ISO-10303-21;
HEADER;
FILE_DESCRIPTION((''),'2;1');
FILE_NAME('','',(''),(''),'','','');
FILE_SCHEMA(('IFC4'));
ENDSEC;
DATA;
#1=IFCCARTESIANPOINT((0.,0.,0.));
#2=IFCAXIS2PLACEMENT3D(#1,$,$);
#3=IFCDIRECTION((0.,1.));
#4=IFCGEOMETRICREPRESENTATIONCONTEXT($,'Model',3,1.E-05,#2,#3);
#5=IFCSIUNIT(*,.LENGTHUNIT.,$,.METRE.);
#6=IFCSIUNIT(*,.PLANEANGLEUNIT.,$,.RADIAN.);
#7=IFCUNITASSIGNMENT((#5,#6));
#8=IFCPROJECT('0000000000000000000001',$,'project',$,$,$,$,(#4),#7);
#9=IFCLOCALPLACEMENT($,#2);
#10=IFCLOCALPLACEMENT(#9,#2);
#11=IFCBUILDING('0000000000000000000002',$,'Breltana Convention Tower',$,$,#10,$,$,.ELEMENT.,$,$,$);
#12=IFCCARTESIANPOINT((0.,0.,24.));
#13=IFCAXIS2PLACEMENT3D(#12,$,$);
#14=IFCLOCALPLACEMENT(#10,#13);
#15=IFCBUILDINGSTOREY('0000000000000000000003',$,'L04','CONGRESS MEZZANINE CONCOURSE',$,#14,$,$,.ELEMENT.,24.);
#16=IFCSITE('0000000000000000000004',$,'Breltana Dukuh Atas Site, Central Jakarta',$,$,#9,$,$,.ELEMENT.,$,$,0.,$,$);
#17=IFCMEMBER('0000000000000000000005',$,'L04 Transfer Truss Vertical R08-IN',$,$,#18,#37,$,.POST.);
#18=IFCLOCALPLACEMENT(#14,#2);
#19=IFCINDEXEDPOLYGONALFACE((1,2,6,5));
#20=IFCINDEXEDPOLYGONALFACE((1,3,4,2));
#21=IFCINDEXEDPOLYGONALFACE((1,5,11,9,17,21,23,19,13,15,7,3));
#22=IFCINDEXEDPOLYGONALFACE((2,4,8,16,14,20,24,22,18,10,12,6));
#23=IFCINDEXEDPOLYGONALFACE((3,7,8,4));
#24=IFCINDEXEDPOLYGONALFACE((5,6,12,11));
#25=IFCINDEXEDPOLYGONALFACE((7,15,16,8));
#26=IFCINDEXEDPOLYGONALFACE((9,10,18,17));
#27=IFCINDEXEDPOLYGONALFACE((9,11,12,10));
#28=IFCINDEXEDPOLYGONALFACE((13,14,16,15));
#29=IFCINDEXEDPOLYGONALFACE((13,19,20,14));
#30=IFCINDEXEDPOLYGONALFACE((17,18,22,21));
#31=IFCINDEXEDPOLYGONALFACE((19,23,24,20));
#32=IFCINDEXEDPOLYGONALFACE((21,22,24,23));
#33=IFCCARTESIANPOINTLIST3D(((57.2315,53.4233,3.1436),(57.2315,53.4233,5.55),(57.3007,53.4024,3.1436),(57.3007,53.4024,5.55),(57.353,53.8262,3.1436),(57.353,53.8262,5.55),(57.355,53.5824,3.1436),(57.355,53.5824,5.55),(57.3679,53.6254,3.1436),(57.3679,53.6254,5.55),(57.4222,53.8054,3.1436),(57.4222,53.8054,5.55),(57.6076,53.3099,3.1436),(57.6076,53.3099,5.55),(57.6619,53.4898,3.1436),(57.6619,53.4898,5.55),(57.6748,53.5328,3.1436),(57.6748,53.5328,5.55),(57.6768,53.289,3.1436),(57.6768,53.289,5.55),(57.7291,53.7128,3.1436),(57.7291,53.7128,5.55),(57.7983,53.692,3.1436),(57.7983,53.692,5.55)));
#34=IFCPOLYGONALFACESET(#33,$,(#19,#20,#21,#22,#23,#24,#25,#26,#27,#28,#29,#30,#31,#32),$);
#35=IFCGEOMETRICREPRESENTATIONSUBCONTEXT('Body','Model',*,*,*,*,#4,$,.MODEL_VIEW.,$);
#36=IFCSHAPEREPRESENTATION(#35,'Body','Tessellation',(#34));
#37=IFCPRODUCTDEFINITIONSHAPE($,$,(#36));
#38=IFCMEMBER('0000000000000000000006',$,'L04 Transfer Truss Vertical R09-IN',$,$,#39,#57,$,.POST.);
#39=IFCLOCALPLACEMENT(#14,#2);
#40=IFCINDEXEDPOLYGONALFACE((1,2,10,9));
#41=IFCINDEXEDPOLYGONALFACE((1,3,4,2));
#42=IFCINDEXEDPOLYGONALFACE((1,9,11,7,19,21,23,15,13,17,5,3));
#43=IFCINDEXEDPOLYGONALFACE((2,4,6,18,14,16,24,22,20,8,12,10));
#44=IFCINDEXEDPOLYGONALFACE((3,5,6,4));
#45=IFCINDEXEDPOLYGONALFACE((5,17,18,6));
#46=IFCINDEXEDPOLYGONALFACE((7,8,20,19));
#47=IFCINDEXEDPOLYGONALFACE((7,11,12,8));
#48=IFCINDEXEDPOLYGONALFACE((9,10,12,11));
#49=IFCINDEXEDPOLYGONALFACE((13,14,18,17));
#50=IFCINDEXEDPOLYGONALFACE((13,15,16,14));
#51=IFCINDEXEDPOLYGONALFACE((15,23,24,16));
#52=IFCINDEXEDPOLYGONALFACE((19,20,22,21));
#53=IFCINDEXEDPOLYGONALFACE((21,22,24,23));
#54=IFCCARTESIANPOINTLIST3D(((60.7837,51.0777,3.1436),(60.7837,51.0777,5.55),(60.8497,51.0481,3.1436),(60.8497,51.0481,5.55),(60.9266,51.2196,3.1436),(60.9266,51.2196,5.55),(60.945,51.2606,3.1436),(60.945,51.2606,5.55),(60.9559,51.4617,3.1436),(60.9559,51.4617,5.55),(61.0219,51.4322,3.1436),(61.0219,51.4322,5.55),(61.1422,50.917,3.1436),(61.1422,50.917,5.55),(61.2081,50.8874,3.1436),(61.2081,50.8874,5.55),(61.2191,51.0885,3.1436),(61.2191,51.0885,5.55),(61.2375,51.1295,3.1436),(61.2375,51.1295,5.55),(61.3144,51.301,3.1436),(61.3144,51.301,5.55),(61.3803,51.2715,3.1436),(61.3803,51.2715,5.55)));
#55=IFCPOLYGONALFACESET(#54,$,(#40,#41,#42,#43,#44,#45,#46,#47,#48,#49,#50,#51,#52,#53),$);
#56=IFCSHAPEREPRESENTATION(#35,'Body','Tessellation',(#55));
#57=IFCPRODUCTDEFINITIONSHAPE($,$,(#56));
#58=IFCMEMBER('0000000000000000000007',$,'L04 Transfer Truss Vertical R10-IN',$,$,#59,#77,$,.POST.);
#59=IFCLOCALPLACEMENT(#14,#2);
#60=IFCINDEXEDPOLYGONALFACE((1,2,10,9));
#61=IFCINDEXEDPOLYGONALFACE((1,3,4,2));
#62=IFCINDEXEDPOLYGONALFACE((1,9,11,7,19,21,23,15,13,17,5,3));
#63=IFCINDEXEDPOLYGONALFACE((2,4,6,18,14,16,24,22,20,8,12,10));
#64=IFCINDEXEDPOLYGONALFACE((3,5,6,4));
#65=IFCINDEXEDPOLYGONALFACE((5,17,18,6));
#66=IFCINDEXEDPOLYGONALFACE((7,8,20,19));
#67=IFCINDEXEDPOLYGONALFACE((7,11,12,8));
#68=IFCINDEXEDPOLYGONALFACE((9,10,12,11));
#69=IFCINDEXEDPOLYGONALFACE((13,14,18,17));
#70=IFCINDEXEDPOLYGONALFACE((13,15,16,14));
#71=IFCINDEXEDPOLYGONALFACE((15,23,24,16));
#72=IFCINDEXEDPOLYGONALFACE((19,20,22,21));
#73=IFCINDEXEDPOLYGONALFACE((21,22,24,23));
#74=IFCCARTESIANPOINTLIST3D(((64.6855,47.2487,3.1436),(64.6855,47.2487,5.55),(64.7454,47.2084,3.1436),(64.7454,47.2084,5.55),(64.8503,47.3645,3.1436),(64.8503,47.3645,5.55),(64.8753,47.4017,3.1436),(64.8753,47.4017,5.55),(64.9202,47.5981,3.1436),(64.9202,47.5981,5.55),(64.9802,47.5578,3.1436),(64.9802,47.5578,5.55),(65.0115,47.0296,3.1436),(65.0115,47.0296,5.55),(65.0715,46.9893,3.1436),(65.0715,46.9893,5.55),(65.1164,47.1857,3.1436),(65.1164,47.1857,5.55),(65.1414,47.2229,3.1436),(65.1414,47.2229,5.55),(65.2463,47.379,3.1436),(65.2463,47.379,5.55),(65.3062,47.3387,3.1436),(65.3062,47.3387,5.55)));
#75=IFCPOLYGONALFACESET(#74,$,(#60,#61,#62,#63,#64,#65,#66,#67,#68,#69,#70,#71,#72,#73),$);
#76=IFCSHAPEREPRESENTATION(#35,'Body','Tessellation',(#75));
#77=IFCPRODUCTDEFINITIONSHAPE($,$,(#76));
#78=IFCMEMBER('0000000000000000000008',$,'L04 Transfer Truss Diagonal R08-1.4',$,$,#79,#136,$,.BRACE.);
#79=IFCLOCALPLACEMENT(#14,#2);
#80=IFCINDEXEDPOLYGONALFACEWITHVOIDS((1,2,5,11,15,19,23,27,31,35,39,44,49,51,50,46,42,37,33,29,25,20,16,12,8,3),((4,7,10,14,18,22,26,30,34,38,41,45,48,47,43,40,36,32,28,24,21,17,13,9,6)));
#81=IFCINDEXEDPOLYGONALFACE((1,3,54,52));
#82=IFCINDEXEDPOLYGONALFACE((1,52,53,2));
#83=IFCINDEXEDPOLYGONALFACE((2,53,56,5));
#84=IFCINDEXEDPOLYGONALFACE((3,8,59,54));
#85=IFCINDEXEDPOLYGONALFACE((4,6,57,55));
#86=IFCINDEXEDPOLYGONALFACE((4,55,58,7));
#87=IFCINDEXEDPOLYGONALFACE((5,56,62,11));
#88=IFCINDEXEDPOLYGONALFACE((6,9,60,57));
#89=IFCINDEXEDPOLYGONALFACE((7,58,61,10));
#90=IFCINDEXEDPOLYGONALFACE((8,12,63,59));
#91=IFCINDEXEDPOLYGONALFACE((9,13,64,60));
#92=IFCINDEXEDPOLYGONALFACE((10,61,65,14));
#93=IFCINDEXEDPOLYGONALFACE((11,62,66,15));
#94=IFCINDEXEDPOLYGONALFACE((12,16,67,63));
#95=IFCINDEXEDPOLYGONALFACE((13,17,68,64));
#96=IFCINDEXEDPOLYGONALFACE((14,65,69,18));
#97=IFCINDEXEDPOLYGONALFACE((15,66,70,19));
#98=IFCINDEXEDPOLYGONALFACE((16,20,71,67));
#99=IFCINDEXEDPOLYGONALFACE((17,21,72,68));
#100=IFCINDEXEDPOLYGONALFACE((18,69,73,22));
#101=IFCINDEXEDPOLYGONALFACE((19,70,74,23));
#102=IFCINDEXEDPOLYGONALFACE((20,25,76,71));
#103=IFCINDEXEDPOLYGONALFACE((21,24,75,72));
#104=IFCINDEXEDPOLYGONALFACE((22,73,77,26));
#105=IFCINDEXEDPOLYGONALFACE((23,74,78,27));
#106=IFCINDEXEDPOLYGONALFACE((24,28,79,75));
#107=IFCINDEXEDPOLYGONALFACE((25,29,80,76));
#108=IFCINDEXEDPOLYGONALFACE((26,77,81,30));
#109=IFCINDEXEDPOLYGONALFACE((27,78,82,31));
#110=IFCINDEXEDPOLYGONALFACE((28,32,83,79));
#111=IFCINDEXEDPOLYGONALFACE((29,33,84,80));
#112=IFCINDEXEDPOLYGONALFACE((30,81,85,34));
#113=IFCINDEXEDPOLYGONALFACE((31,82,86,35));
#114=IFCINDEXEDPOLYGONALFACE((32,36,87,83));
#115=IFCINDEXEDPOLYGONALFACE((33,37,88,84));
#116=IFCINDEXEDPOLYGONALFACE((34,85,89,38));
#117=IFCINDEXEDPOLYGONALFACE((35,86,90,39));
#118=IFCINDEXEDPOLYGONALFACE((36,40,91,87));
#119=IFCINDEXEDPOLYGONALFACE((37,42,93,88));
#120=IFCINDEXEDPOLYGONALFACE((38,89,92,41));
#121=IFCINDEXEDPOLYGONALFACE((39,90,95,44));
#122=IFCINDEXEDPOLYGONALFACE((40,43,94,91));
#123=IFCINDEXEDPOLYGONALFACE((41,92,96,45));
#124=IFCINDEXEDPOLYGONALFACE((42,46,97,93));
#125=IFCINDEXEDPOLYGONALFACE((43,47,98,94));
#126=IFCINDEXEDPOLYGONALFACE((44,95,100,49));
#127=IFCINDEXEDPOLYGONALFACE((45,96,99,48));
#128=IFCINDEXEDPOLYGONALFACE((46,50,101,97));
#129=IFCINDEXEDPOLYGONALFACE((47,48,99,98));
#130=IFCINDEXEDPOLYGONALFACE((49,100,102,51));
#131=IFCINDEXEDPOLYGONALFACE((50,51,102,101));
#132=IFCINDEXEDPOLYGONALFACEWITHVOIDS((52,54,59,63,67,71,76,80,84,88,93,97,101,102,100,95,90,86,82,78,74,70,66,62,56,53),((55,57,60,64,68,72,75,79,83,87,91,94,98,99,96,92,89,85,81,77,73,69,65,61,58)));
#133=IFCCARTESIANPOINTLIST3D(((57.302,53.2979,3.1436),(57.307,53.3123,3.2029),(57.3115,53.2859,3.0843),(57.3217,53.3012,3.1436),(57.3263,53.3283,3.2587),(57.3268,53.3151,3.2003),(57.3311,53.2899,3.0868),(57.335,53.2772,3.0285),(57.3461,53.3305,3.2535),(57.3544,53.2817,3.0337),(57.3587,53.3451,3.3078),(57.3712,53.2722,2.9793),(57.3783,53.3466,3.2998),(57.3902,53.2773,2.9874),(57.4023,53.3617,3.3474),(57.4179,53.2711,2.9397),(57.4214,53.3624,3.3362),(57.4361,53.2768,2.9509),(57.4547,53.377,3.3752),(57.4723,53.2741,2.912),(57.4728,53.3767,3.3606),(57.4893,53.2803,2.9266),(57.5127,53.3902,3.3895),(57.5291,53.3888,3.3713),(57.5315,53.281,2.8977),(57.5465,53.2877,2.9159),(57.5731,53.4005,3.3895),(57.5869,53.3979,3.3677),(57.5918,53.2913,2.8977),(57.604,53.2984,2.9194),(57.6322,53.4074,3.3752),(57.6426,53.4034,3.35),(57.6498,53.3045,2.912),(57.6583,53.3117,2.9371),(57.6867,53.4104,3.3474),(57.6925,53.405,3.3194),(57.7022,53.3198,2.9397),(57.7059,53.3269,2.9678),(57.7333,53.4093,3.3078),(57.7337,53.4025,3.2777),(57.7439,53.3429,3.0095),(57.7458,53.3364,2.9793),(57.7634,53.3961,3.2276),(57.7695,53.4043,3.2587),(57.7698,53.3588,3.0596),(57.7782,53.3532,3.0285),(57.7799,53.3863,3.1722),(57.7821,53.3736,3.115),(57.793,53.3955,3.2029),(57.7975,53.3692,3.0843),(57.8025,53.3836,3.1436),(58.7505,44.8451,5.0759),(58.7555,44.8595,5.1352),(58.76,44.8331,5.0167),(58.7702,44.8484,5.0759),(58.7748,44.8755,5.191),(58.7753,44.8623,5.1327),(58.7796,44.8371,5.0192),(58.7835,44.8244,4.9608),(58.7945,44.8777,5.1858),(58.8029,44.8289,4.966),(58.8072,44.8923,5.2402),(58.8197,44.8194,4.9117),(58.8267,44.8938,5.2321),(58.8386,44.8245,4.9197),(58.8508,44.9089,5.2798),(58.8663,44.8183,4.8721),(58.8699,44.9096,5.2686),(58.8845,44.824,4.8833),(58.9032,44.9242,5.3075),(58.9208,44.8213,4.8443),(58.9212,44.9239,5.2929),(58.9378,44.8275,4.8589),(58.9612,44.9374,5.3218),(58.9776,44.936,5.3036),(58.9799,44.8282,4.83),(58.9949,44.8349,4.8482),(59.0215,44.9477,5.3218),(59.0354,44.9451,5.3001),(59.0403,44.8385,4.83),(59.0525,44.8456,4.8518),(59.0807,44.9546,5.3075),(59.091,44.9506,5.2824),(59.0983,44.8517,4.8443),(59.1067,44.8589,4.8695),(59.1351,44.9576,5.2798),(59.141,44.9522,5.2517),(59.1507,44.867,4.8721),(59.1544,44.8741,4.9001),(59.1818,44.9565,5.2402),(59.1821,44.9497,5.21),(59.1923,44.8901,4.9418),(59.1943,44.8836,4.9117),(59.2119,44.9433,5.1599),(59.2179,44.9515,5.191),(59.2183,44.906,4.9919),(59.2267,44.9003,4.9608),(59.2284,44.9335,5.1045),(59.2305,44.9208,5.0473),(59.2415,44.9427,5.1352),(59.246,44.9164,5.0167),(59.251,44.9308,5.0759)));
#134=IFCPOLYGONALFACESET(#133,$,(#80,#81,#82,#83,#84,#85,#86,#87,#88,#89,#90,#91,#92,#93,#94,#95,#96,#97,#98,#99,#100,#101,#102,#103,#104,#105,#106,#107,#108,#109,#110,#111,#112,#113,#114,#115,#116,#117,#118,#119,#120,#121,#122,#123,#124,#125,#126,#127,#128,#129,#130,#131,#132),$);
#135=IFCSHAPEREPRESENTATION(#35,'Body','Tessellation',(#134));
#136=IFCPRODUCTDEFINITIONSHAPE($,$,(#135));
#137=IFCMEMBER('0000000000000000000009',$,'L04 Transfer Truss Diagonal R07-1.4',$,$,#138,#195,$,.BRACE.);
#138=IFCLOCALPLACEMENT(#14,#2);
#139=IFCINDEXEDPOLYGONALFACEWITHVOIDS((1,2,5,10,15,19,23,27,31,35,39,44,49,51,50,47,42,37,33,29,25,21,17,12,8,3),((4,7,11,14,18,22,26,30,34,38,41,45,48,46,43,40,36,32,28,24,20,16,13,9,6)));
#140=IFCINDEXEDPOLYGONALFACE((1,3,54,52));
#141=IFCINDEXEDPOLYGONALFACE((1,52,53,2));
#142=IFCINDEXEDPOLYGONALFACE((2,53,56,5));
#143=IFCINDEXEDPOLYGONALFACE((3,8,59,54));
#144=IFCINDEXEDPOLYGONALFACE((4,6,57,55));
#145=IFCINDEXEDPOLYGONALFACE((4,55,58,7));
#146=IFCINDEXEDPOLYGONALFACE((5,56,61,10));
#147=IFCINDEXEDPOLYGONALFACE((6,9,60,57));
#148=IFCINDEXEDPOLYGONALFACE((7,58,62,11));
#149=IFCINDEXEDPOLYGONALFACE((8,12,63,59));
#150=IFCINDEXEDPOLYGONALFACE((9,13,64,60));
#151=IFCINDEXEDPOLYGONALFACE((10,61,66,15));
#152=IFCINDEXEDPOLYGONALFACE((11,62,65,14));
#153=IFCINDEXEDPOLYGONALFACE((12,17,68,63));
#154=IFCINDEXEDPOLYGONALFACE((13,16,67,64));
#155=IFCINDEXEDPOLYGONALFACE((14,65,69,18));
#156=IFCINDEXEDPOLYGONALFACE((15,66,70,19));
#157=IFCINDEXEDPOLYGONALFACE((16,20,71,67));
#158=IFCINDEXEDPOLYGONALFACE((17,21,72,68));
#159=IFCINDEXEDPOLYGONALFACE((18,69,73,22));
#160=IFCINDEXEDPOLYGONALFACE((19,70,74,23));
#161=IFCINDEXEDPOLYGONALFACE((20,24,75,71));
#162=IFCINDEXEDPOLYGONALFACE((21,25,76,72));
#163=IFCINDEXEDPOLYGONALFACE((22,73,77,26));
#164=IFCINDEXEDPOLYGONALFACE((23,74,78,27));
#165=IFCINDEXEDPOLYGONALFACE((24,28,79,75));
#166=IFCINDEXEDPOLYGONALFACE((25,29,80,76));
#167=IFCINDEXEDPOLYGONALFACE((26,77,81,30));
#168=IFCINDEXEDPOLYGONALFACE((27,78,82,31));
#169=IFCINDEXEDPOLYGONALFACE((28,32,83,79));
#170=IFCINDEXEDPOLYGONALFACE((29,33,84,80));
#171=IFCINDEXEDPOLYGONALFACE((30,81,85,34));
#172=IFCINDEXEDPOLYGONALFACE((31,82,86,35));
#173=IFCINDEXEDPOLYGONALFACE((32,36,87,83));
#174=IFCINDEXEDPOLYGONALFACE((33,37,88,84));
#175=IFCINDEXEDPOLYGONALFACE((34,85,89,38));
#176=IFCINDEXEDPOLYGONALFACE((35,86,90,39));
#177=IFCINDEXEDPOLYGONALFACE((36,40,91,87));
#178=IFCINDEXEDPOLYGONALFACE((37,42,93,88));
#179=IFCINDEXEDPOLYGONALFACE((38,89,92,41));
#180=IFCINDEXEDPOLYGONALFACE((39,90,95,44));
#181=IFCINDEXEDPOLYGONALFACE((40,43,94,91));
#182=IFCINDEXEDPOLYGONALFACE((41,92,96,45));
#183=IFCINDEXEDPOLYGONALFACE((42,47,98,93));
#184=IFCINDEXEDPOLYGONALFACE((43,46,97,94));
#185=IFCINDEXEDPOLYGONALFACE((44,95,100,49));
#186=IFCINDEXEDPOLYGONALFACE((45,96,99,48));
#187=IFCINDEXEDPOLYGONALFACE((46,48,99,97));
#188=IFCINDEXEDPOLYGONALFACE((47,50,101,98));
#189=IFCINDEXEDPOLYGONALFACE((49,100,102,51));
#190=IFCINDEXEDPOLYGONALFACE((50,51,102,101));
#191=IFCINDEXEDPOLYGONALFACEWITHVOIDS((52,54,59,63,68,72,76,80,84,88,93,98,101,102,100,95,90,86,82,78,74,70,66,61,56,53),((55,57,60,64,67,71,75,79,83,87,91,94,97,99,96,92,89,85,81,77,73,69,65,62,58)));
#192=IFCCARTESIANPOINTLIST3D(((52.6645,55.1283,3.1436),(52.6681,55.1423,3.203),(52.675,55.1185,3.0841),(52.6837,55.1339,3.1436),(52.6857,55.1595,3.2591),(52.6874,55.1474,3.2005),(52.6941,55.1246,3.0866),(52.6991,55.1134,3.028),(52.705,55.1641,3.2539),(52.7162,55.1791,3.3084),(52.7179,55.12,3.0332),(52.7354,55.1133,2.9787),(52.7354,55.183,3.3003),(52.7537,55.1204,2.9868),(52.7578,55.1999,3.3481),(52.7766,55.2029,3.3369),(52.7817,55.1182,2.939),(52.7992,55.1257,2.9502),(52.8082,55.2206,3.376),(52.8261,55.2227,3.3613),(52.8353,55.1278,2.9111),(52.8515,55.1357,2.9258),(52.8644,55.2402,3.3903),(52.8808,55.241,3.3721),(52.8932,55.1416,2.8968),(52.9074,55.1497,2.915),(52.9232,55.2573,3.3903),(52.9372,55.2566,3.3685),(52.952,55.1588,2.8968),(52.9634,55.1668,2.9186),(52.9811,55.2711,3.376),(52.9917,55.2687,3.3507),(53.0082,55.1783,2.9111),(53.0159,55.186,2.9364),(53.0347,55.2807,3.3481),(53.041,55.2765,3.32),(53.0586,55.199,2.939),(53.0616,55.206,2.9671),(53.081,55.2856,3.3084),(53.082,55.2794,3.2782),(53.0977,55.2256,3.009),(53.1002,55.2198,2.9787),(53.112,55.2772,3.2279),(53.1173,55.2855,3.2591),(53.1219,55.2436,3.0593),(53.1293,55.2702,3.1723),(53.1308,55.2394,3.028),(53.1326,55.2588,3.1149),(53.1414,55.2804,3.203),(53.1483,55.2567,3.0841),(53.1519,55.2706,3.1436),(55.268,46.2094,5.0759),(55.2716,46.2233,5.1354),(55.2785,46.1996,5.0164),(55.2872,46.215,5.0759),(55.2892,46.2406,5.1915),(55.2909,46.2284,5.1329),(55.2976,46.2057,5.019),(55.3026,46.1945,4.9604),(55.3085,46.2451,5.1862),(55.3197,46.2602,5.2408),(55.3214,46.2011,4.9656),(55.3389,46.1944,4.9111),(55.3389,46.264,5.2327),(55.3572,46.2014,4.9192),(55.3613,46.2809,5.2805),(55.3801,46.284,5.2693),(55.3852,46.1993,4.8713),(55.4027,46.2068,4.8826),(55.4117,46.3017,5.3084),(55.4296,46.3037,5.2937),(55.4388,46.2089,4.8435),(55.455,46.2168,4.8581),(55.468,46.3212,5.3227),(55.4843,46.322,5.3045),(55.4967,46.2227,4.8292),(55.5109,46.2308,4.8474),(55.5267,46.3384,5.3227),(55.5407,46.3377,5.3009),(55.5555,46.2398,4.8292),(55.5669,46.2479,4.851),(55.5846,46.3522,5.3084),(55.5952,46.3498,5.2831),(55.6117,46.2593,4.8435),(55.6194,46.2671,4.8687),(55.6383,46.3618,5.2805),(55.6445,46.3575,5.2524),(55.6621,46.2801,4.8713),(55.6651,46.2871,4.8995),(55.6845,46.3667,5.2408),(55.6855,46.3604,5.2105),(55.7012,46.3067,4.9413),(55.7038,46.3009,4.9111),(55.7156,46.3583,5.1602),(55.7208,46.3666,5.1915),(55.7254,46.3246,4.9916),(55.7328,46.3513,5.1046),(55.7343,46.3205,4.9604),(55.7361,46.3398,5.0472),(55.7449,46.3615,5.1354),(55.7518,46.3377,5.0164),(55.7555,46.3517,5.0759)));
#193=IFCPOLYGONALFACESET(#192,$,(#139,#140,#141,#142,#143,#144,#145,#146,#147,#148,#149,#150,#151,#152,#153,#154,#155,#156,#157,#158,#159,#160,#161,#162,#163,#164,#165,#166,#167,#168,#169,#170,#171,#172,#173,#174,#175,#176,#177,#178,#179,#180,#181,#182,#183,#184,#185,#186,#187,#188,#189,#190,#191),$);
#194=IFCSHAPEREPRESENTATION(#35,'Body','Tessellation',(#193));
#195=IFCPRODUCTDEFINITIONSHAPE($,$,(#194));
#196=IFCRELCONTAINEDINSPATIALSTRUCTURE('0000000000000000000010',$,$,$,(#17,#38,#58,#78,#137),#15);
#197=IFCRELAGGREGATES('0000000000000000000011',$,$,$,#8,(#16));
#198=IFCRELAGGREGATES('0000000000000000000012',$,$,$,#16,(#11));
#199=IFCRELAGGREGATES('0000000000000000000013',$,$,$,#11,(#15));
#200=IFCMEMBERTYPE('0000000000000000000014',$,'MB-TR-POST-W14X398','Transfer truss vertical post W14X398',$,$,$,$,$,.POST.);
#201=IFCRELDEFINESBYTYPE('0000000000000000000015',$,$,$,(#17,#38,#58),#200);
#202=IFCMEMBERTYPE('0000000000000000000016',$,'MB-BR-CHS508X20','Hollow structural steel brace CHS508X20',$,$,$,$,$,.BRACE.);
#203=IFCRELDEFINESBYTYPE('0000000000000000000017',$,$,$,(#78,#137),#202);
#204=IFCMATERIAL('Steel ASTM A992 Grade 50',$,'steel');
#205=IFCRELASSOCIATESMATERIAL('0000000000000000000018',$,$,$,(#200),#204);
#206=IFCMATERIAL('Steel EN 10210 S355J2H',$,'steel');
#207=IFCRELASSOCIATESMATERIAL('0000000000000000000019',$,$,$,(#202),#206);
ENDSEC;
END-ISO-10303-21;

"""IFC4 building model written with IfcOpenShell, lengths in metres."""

from ifc_helpers import new_model, si_unit, direction, frame, origin, origin_2d, place, context, subcontext, project, spatial, hollow_circle, i_section, extrude, source, transform, mapped, material, material_profile, profile_set, type_object, type_shapes, element, save


model = new_model("IFC4")

# Units and contexts
model_context = context("Model", 3, precision=1e-05, world=origin(), true_north=direction((0.0, 1.0)))
body_context = subcontext(model_context, "Body", "Model", "MODEL_VIEW")
ifc_project = project(units=[si_unit("LENGTHUNIT", "METRE"), si_unit("PLANEANGLEUNIT", "RADIAN")], contexts=[model_context])

# Site, building, storey
site_placement = place(None, origin())
site = spatial("IfcSite", under=ifc_project, at=site_placement, Name="Breltana Dukuh Atas Site, Central Jakarta", CompositionType="ELEMENT", RefElevation=0.0)
building_placement = place(site_placement, origin())
building = spatial("IfcBuilding", under=site, at=building_placement, Name="Breltana Convention Tower", CompositionType="ELEMENT")
storey_placement = place(building_placement, frame((0.0, 0.0, 24.0)))
storey = spatial("IfcBuildingStorey", under=building, at=storey_placement, Name="L04", Description="CONGRESS MEZZANINE CONCOURSE", CompositionType="ELEMENT", Elevation=24.0)

# Members
ifc_material_1 = material(Name="Steel ASTM A992 Grade 50", Category="steel")
ifc_material_profile_1 = material_profile(ifc_material_1, i_section(OverallWidth=0.4209, OverallDepth=0.4651, WebThickness=0.0449, FlangeThickness=0.0723, at=origin_2d()), Name="W14X398")
ifc_profile_set_1 = profile_set([ifc_material_profile_1], Name="Steel ASTM A992 Grade 50")
member_type_1 = type_object("IfcMemberType", Name="MB-TR-POST-W14X398", Description="Transfer truss vertical post W14X398", PredefinedType="POST", material=ifc_profile_set_1)
shared_shape_1 = source(origin(), body_context, "Body", "SweptSolid", [
    extrude(i_section(OverallWidth=0.4209, OverallDepth=0.4651, WebThickness=0.0449, FlangeThickness=0.0723, at=origin_2d()), origin(), (0.0, 0.0, 1.0), 2.4065),
])
type_shapes(member_type_1, [shared_shape_1])
for number, where, z_axis, x_axis, name in (
    (1, (57.5149, 53.5576, 3.1436), (0.0, 0.0, 1.0), (0.288698, 0.95742, 0.0), "L04 Transfer Truss Vertical R08-IN"),
    (2, (61.082, 51.1746, 3.1436), (0.0, 0.0, 1.0), (0.409127, 0.912477, 0.0), "L04 Transfer Truss Vertical R09-IN"),
    (3, (64.9958, 47.2937, 3.1436), (0.0, 0.0, 1.0), (0.557745, 0.830012, 0.0), "L04 Transfer Truss Vertical R10-IN"),
):
    element("IfcMember", number, at=place(storey_placement, frame(where, z_axis=z_axis, x_axis=x_axis)), inside=storey, type_object=member_type_1, Name=name, PredefinedType="POST", context=body_context, shape_type="MappedRepresentation", body=[
        mapped(shared_shape_1, transform((0.0, 0.0, 0.0), scale=1.0)),
    ])
ifc_material_2 = material(Name="Steel EN 10210 S355J2H", Category="steel")
ifc_material_profile_2 = material_profile(ifc_material_2, hollow_circle(Radius=0.2539, WallThickness=0.02, at=origin_2d()), Name="CHS508X20")
ifc_profile_set_2 = profile_set([ifc_material_profile_2], Name="Steel EN 10210 S355J2H")
member_type_2 = type_object("IfcMemberType", Name="MB-BR-CHS508X20", Description="Hollow structural steel brace CHS508X20", PredefinedType="BRACE", material=ifc_profile_set_2)
shared_shape_2 = source(origin(), body_context, "Body", "SweptSolid", [
    extrude(hollow_circle(Radius=0.2539, WallThickness=0.02, at=origin_2d()), origin(), (0.0, 0.0, 1.0), 8.791),
])
member_1_placement = place(storey_placement, frame((59.0007, 44.8879, 5.0759), z_axis=(-0.164767, 0.961528, -0.21981), x_axis=(-0.985633, -0.168898, 0.0)))
element("IfcMember", 4, at=member_1_placement, inside=storey, type_object=member_type_2, Name="L04 Transfer Truss Diagonal R08-1.4", PredefinedType="BRACE", context=body_context, shape_type="MappedRepresentation", body=[
    mapped(shared_shape_2, transform((0.0, 0.0, 0.0), scale=1.0)),
])
shared_shape_3 = source(origin(), body_context, "Body", "SweptSolid", [
    extrude(hollow_circle(Radius=0.2539, WallThickness=0.02, at=origin_2d()), origin(), (0.0, 0.0, 1.0), 9.49),
])
member_2_placement = place(storey_placement, frame((55.5117, 46.2805, 5.0759), z_axis=(-0.274343, 0.939826, -0.203622), x_axis=(-0.959938, -0.280214, 0.0)))
element("IfcMember", 5, at=member_2_placement, inside=storey, type_object=member_type_2, Name="L04 Transfer Truss Diagonal R07-1.4", PredefinedType="BRACE", context=body_context, shape_type="MappedRepresentation", body=[
    mapped(shared_shape_3, transform((0.0, 0.0, 0.0), scale=1.0)),
])

save(model, "model.ifc")
